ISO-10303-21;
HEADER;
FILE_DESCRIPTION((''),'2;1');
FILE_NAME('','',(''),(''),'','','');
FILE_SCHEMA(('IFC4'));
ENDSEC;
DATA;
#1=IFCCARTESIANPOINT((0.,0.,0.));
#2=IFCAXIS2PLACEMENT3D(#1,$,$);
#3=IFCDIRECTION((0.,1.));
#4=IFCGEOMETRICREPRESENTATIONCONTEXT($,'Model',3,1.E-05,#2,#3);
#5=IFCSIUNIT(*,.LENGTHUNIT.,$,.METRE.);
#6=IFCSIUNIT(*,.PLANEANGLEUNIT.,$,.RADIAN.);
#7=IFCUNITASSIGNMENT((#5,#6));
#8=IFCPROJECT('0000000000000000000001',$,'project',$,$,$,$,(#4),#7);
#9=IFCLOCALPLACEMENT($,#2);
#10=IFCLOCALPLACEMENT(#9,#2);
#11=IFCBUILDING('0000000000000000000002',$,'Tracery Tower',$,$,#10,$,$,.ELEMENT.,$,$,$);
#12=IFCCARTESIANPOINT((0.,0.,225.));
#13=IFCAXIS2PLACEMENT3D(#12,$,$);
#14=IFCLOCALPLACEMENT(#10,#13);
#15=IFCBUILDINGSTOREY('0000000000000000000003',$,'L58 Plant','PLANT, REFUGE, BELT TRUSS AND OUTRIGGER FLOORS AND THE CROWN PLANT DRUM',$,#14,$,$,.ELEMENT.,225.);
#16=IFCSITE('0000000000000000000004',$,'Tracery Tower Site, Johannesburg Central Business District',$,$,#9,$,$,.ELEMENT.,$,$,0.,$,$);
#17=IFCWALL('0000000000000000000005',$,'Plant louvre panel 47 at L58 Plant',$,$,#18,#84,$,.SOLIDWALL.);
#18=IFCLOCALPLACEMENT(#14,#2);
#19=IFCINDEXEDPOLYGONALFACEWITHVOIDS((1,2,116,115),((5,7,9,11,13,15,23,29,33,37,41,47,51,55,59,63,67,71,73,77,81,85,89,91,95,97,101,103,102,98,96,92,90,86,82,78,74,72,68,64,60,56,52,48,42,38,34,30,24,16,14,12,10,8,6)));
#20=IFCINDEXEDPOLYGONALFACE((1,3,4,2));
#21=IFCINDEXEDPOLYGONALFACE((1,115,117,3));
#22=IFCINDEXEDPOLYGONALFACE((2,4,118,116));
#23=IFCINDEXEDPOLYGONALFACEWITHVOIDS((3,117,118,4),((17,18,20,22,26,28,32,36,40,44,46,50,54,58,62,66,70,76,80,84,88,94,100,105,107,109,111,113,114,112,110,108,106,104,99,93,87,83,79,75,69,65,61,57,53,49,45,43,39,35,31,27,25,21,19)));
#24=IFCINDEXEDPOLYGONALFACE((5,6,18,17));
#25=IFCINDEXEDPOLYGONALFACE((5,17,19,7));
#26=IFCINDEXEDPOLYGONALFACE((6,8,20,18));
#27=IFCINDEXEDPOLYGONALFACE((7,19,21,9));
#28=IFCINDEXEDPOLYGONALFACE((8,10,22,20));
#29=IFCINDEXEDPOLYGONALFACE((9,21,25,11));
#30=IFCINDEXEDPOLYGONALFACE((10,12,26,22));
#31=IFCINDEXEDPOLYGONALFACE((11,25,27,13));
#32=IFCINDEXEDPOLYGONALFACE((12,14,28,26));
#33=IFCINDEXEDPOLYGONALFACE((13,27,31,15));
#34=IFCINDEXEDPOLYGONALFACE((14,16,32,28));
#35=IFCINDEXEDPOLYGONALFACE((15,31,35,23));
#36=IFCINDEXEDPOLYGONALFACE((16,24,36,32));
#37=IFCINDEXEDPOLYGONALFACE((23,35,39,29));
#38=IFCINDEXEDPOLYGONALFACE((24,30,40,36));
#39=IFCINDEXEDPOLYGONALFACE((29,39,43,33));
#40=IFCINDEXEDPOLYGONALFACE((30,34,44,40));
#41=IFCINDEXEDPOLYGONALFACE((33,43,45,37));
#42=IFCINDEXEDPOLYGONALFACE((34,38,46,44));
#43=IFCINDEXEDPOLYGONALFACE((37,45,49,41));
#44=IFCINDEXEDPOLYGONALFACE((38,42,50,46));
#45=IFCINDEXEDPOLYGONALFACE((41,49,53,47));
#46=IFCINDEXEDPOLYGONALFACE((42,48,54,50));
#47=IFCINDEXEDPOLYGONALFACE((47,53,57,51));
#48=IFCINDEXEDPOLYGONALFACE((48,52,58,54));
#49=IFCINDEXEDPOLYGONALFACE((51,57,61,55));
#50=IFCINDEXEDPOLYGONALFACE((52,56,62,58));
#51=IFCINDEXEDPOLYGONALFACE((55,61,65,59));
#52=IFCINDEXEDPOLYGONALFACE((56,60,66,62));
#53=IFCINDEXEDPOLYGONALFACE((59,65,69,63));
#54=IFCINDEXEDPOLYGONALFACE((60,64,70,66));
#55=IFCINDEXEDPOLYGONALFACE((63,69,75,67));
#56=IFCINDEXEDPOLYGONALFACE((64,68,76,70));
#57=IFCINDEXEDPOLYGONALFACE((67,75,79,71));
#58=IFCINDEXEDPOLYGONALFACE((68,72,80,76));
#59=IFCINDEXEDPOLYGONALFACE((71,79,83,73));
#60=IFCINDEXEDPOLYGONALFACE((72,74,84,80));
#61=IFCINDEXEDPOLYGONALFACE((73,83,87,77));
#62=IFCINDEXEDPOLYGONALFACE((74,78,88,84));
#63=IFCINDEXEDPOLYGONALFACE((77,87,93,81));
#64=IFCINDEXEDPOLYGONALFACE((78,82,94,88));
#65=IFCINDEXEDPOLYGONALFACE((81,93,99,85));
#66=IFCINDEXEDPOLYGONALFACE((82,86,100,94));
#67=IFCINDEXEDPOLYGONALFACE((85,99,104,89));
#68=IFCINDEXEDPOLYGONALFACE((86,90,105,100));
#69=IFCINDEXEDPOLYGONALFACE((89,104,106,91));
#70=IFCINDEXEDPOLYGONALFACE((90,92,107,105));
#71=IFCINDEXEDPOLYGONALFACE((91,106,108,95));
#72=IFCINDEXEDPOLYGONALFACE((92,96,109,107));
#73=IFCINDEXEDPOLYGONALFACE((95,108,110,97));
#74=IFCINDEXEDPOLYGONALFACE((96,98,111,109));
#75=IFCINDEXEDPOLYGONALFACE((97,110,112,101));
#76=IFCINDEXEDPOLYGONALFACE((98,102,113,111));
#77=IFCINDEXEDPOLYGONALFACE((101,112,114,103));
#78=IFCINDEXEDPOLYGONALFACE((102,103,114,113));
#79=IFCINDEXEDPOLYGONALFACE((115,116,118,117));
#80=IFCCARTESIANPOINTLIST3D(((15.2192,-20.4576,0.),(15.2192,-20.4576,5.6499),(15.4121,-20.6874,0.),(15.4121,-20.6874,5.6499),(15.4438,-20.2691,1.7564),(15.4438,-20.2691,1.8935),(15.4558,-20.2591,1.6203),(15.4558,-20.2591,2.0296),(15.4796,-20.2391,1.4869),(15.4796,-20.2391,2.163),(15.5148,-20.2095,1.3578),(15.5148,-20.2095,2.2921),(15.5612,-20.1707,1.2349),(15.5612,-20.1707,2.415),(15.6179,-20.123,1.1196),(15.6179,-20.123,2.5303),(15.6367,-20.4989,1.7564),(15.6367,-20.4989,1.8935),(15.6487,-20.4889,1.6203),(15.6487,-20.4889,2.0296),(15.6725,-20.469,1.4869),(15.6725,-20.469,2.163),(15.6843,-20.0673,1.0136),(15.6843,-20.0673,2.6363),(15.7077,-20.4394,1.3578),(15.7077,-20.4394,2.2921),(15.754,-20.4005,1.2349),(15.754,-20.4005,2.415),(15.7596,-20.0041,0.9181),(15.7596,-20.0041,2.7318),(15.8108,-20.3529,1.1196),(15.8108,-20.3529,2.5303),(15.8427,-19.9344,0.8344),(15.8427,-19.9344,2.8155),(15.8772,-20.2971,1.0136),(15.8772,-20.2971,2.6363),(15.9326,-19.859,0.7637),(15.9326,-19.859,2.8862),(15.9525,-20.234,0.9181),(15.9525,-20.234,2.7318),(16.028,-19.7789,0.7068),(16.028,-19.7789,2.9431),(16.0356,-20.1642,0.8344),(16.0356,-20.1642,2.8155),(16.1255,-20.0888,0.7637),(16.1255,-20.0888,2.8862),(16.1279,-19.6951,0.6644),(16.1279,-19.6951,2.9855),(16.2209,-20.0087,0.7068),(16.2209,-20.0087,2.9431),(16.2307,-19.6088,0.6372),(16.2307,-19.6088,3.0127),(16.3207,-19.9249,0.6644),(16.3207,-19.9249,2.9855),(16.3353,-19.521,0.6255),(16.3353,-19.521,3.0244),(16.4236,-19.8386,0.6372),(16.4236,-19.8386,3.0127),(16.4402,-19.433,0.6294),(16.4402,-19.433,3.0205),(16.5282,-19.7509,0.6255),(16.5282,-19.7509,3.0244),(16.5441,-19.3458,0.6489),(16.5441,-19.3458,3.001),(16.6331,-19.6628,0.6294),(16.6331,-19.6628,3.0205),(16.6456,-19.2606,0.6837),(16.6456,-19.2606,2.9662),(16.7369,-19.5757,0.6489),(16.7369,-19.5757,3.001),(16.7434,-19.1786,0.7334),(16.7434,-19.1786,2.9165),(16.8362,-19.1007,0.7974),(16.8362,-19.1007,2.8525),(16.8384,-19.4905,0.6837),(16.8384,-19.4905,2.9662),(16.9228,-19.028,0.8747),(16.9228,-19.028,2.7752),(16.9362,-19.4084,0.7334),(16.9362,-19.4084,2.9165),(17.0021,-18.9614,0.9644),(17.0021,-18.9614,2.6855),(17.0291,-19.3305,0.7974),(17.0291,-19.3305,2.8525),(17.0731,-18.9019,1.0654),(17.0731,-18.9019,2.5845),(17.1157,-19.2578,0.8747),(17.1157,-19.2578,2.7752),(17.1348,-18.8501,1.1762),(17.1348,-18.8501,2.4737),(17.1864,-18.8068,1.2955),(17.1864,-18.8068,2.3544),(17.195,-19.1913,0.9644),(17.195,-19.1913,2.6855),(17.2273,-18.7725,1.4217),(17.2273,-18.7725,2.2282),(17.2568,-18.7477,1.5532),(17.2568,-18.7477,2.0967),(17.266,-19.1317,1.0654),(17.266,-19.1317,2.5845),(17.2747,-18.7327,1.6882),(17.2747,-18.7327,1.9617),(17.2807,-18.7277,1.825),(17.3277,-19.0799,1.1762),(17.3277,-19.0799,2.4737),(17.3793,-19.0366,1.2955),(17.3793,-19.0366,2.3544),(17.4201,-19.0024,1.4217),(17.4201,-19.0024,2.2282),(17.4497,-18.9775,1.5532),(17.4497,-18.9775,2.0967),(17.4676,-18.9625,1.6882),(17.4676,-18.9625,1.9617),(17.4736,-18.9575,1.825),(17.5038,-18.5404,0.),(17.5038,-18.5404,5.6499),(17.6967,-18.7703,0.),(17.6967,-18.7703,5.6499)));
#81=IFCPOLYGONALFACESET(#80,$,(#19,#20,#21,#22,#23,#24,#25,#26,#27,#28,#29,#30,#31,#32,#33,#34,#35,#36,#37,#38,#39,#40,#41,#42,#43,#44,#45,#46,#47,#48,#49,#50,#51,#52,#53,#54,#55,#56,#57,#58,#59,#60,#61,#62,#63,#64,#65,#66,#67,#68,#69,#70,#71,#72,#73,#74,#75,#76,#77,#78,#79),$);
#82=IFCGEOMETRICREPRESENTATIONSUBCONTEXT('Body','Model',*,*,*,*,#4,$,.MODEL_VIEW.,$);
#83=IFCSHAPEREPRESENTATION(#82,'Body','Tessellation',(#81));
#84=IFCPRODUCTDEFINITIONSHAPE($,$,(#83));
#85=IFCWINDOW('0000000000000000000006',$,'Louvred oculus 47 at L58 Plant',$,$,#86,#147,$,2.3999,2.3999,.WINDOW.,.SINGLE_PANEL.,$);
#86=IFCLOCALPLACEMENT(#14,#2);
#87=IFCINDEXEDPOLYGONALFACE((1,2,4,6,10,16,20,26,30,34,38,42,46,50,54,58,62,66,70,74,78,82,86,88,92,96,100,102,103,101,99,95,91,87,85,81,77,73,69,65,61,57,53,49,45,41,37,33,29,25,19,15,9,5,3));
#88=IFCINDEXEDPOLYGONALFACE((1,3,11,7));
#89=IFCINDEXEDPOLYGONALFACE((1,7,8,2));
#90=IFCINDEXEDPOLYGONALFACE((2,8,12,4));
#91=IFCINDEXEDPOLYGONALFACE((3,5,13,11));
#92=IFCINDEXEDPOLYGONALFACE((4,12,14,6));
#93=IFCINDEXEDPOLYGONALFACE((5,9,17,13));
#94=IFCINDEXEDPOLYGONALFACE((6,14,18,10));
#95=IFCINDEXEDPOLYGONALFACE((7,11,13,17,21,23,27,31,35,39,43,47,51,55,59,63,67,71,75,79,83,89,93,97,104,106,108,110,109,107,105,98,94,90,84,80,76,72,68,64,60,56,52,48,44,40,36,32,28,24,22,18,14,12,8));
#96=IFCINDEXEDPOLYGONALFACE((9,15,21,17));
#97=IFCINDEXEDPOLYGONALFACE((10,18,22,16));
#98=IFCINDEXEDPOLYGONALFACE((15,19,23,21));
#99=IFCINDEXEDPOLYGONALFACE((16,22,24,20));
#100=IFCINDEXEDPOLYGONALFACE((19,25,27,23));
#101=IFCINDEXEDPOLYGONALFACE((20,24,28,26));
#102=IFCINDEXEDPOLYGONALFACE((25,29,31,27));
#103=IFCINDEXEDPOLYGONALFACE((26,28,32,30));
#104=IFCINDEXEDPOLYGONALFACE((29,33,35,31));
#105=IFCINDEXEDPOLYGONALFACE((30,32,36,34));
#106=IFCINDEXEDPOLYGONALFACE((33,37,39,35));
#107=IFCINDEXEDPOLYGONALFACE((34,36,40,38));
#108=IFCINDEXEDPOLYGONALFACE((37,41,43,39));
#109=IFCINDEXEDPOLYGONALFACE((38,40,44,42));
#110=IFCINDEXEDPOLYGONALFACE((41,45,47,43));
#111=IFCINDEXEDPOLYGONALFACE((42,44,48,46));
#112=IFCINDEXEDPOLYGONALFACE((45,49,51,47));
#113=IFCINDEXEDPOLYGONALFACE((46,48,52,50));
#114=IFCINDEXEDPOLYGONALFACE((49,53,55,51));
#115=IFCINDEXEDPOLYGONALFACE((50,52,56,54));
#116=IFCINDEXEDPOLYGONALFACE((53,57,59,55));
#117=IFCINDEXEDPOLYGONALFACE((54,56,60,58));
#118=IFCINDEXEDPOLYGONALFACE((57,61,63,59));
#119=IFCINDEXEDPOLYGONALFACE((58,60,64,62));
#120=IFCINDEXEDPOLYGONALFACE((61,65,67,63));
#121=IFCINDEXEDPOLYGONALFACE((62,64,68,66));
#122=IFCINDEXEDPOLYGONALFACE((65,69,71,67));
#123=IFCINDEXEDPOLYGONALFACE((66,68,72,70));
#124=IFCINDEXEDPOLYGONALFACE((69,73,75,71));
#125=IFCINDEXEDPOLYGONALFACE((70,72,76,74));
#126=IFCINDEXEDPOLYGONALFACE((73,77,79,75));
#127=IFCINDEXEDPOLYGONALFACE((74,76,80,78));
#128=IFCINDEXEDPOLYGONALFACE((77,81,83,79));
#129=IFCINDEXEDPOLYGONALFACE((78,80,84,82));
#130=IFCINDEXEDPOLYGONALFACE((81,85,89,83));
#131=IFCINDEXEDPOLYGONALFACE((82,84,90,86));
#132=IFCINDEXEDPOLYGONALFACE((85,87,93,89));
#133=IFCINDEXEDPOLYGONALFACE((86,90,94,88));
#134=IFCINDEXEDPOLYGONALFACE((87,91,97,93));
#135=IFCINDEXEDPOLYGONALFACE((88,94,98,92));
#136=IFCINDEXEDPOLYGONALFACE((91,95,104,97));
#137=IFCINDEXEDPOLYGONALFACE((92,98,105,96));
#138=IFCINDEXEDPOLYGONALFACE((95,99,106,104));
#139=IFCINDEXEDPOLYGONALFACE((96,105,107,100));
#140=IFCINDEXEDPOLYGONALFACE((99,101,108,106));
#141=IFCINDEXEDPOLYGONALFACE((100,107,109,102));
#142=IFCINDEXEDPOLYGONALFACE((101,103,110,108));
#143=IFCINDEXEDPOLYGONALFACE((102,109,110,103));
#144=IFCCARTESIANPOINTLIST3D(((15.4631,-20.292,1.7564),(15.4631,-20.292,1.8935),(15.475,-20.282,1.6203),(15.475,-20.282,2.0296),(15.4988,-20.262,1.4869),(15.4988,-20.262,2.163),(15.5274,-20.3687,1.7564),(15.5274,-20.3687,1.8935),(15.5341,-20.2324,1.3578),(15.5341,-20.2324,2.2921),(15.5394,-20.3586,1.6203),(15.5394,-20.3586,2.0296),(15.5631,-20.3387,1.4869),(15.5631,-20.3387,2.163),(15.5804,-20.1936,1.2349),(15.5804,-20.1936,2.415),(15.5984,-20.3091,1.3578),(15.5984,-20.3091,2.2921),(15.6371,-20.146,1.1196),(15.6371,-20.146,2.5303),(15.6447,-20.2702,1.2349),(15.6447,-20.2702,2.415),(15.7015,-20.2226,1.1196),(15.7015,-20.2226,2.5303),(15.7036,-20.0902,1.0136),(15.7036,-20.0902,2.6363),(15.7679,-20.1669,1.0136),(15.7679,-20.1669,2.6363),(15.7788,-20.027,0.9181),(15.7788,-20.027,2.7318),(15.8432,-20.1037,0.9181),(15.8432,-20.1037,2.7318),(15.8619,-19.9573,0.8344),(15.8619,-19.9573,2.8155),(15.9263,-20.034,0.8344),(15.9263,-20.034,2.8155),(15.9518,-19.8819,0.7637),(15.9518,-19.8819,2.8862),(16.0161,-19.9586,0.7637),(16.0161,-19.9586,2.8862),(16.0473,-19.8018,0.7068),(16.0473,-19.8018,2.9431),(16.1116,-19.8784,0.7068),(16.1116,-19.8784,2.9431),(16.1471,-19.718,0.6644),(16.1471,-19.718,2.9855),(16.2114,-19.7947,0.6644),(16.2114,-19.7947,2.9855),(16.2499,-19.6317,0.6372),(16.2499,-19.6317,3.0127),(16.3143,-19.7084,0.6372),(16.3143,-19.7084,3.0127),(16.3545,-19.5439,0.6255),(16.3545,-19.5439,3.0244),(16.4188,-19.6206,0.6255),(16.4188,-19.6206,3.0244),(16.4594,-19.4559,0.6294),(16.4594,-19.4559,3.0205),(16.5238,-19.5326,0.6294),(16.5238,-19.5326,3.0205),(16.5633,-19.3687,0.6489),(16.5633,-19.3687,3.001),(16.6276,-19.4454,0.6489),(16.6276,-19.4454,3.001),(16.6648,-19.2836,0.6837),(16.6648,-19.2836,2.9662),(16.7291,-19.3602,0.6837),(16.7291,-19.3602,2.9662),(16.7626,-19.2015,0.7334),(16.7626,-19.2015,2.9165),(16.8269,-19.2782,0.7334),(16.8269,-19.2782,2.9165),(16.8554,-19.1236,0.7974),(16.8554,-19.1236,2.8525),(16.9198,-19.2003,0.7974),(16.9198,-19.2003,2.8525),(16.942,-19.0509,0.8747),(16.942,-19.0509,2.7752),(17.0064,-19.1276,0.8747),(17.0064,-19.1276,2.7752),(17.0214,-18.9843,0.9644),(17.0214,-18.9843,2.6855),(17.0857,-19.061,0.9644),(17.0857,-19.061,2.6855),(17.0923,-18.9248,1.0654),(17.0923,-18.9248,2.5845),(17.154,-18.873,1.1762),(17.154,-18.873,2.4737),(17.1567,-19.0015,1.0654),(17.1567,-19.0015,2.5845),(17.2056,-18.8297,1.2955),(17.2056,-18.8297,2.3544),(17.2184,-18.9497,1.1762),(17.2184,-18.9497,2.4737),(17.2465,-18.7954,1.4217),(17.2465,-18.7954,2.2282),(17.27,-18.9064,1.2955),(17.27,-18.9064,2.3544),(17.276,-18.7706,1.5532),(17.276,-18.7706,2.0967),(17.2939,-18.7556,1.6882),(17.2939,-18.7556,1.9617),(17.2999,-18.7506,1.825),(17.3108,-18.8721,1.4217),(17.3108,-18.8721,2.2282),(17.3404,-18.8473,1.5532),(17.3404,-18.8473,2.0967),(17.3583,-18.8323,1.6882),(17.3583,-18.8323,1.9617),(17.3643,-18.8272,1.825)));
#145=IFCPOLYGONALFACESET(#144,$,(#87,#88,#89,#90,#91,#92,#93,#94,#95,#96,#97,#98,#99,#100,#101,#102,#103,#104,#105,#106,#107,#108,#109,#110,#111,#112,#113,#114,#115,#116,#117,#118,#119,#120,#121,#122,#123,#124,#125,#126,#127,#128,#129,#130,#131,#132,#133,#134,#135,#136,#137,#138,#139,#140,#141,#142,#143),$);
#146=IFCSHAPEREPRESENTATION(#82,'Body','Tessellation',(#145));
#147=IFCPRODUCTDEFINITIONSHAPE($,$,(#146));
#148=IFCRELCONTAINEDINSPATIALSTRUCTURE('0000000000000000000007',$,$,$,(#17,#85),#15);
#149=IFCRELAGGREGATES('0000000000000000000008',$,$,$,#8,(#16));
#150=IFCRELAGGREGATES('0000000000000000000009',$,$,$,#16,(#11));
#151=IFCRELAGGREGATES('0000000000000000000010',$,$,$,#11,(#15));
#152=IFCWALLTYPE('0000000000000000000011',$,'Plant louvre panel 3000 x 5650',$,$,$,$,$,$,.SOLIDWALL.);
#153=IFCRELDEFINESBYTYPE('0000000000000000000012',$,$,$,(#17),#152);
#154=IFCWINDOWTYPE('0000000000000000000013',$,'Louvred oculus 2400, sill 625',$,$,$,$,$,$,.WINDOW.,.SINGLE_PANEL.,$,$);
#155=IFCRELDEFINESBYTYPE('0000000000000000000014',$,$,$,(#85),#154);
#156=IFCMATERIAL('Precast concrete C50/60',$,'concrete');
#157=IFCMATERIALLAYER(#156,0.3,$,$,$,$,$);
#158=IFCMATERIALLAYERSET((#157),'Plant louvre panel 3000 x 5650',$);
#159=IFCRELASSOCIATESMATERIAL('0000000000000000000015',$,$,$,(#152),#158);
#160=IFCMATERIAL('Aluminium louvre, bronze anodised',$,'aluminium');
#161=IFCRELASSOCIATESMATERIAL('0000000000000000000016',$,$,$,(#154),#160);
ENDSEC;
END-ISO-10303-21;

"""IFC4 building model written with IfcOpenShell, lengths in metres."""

from ifc_helpers import new_model, si_unit, direction, frame, frame_2d, origin, origin_2d, place, context, subcontext, project, spatial, rectangle, circle, extrude, material, layer, layer_set, type_object, element, fill, save


model = new_model("IFC4")

# Units and contexts
model_context = context("Model", 3, precision=1e-05, world=origin(), true_north=direction((0.0, 1.0)))
body_context = subcontext(model_context, "Body", "Model", "MODEL_VIEW")
ifc_project = project(units=[si_unit("LENGTHUNIT", "METRE"), si_unit("PLANEANGLEUNIT", "RADIAN")], contexts=[model_context])

# Site, building, storey
site_placement = place(None, origin())
site = spatial("IfcSite", under=ifc_project, at=site_placement, Name="Tracery Tower Site, Johannesburg Central Business District", CompositionType="ELEMENT", RefElevation=0.0)
building_placement = place(site_placement, origin())
building = spatial("IfcBuilding", under=site, at=building_placement, Name="Tracery Tower", CompositionType="ELEMENT")
storey_placement = place(building_placement, frame((0.0, 0.0, 225.0)))
storey = spatial("IfcBuildingStorey", under=building, at=storey_placement, Name="L58 Plant", Description="PLANT, REFUGE, BELT TRUSS AND OUTRIGGER FLOORS AND THE CROWN PLANT DRUM", CompositionType="ELEMENT", Elevation=225.0)

# Wall, opening, window
ifc_material_1 = material(Name="Precast concrete C50/60", Category="concrete")
ifc_layer_1 = layer(ifc_material_1, 0.3)
ifc_layer_set_1 = layer_set([ifc_layer_1], Name="Plant louvre panel 3000 x 5650")
wall_type_1 = type_object("IfcWallType", Name="Plant louvre panel 3000 x 5650", PredefinedType="SOLIDWALL", material=ifc_layer_set_1)
wall_1_placement = place(storey_placement, frame((15.3157, -20.5725, 0.0), z_axis=(0.0, 0.0, 1.0), x_axis=(0.766016, 0.642822, 0.0)))
wall_1 = element("IfcWall", 1, at=wall_1_placement, inside=storey, type_object=wall_type_1, Name="Plant louvre panel 47 at L58 Plant", PredefinedType="SOLIDWALL", context=body_context, shape_type="SweptSolid", body=[
    extrude(rectangle(XDim=2.9824, YDim=0.3, at=frame_2d((1.4912, 0.0))), origin(), (0.0, 0.0, 1.0), 5.6499),
])
opening_1_placement = place(wall_1_placement, frame((1.4912, 0.0, 1.825)))
opening_1 = element("IfcOpeningElement", 2, at=opening_1_placement, cuts=wall_1, PredefinedType="OPENING", context=body_context, shape_type="SweptSolid", body=[
    extrude(circle(Radius=1.2, at=origin_2d()), frame((0.0, 0.1599, 0.0), z_axis=(0.0, -1.0, 0.0), x_axis=(1.0, 0.0, 0.0)), (0.0, 0.0, 1.0), 0.3201),
])
ifc_material_2 = material(Name="Aluminium louvre, bronze anodised", Category="aluminium")
window_type = type_object("IfcWindowType", Name="Louvred oculus 2400, sill 625", PartitioningType="SINGLE_PANEL", PredefinedType="WINDOW", material=ifc_material_2)
window_1_placement = place(opening_1_placement, origin())
window_1 = element("IfcWindow", 3, at=window_1_placement, inside=storey, type_object=window_type, Name="Louvred oculus 47 at L58 Plant", OverallHeight=2.3999, OverallWidth=2.3999, PartitioningType="SINGLE_PANEL", PredefinedType="WINDOW", context=body_context, shape_type="SweptSolid", body=[
    extrude(circle(Radius=1.2, at=origin_2d()), frame((0.0, 0.1201, 0.0), z_axis=(0.0, -1.0, 0.0), x_axis=(1.0, 0.0, 0.0)), (0.0, 0.0, 1.0), 0.1001),
])
fill(opening_1, window_1)

save(model, "model.ifc")
